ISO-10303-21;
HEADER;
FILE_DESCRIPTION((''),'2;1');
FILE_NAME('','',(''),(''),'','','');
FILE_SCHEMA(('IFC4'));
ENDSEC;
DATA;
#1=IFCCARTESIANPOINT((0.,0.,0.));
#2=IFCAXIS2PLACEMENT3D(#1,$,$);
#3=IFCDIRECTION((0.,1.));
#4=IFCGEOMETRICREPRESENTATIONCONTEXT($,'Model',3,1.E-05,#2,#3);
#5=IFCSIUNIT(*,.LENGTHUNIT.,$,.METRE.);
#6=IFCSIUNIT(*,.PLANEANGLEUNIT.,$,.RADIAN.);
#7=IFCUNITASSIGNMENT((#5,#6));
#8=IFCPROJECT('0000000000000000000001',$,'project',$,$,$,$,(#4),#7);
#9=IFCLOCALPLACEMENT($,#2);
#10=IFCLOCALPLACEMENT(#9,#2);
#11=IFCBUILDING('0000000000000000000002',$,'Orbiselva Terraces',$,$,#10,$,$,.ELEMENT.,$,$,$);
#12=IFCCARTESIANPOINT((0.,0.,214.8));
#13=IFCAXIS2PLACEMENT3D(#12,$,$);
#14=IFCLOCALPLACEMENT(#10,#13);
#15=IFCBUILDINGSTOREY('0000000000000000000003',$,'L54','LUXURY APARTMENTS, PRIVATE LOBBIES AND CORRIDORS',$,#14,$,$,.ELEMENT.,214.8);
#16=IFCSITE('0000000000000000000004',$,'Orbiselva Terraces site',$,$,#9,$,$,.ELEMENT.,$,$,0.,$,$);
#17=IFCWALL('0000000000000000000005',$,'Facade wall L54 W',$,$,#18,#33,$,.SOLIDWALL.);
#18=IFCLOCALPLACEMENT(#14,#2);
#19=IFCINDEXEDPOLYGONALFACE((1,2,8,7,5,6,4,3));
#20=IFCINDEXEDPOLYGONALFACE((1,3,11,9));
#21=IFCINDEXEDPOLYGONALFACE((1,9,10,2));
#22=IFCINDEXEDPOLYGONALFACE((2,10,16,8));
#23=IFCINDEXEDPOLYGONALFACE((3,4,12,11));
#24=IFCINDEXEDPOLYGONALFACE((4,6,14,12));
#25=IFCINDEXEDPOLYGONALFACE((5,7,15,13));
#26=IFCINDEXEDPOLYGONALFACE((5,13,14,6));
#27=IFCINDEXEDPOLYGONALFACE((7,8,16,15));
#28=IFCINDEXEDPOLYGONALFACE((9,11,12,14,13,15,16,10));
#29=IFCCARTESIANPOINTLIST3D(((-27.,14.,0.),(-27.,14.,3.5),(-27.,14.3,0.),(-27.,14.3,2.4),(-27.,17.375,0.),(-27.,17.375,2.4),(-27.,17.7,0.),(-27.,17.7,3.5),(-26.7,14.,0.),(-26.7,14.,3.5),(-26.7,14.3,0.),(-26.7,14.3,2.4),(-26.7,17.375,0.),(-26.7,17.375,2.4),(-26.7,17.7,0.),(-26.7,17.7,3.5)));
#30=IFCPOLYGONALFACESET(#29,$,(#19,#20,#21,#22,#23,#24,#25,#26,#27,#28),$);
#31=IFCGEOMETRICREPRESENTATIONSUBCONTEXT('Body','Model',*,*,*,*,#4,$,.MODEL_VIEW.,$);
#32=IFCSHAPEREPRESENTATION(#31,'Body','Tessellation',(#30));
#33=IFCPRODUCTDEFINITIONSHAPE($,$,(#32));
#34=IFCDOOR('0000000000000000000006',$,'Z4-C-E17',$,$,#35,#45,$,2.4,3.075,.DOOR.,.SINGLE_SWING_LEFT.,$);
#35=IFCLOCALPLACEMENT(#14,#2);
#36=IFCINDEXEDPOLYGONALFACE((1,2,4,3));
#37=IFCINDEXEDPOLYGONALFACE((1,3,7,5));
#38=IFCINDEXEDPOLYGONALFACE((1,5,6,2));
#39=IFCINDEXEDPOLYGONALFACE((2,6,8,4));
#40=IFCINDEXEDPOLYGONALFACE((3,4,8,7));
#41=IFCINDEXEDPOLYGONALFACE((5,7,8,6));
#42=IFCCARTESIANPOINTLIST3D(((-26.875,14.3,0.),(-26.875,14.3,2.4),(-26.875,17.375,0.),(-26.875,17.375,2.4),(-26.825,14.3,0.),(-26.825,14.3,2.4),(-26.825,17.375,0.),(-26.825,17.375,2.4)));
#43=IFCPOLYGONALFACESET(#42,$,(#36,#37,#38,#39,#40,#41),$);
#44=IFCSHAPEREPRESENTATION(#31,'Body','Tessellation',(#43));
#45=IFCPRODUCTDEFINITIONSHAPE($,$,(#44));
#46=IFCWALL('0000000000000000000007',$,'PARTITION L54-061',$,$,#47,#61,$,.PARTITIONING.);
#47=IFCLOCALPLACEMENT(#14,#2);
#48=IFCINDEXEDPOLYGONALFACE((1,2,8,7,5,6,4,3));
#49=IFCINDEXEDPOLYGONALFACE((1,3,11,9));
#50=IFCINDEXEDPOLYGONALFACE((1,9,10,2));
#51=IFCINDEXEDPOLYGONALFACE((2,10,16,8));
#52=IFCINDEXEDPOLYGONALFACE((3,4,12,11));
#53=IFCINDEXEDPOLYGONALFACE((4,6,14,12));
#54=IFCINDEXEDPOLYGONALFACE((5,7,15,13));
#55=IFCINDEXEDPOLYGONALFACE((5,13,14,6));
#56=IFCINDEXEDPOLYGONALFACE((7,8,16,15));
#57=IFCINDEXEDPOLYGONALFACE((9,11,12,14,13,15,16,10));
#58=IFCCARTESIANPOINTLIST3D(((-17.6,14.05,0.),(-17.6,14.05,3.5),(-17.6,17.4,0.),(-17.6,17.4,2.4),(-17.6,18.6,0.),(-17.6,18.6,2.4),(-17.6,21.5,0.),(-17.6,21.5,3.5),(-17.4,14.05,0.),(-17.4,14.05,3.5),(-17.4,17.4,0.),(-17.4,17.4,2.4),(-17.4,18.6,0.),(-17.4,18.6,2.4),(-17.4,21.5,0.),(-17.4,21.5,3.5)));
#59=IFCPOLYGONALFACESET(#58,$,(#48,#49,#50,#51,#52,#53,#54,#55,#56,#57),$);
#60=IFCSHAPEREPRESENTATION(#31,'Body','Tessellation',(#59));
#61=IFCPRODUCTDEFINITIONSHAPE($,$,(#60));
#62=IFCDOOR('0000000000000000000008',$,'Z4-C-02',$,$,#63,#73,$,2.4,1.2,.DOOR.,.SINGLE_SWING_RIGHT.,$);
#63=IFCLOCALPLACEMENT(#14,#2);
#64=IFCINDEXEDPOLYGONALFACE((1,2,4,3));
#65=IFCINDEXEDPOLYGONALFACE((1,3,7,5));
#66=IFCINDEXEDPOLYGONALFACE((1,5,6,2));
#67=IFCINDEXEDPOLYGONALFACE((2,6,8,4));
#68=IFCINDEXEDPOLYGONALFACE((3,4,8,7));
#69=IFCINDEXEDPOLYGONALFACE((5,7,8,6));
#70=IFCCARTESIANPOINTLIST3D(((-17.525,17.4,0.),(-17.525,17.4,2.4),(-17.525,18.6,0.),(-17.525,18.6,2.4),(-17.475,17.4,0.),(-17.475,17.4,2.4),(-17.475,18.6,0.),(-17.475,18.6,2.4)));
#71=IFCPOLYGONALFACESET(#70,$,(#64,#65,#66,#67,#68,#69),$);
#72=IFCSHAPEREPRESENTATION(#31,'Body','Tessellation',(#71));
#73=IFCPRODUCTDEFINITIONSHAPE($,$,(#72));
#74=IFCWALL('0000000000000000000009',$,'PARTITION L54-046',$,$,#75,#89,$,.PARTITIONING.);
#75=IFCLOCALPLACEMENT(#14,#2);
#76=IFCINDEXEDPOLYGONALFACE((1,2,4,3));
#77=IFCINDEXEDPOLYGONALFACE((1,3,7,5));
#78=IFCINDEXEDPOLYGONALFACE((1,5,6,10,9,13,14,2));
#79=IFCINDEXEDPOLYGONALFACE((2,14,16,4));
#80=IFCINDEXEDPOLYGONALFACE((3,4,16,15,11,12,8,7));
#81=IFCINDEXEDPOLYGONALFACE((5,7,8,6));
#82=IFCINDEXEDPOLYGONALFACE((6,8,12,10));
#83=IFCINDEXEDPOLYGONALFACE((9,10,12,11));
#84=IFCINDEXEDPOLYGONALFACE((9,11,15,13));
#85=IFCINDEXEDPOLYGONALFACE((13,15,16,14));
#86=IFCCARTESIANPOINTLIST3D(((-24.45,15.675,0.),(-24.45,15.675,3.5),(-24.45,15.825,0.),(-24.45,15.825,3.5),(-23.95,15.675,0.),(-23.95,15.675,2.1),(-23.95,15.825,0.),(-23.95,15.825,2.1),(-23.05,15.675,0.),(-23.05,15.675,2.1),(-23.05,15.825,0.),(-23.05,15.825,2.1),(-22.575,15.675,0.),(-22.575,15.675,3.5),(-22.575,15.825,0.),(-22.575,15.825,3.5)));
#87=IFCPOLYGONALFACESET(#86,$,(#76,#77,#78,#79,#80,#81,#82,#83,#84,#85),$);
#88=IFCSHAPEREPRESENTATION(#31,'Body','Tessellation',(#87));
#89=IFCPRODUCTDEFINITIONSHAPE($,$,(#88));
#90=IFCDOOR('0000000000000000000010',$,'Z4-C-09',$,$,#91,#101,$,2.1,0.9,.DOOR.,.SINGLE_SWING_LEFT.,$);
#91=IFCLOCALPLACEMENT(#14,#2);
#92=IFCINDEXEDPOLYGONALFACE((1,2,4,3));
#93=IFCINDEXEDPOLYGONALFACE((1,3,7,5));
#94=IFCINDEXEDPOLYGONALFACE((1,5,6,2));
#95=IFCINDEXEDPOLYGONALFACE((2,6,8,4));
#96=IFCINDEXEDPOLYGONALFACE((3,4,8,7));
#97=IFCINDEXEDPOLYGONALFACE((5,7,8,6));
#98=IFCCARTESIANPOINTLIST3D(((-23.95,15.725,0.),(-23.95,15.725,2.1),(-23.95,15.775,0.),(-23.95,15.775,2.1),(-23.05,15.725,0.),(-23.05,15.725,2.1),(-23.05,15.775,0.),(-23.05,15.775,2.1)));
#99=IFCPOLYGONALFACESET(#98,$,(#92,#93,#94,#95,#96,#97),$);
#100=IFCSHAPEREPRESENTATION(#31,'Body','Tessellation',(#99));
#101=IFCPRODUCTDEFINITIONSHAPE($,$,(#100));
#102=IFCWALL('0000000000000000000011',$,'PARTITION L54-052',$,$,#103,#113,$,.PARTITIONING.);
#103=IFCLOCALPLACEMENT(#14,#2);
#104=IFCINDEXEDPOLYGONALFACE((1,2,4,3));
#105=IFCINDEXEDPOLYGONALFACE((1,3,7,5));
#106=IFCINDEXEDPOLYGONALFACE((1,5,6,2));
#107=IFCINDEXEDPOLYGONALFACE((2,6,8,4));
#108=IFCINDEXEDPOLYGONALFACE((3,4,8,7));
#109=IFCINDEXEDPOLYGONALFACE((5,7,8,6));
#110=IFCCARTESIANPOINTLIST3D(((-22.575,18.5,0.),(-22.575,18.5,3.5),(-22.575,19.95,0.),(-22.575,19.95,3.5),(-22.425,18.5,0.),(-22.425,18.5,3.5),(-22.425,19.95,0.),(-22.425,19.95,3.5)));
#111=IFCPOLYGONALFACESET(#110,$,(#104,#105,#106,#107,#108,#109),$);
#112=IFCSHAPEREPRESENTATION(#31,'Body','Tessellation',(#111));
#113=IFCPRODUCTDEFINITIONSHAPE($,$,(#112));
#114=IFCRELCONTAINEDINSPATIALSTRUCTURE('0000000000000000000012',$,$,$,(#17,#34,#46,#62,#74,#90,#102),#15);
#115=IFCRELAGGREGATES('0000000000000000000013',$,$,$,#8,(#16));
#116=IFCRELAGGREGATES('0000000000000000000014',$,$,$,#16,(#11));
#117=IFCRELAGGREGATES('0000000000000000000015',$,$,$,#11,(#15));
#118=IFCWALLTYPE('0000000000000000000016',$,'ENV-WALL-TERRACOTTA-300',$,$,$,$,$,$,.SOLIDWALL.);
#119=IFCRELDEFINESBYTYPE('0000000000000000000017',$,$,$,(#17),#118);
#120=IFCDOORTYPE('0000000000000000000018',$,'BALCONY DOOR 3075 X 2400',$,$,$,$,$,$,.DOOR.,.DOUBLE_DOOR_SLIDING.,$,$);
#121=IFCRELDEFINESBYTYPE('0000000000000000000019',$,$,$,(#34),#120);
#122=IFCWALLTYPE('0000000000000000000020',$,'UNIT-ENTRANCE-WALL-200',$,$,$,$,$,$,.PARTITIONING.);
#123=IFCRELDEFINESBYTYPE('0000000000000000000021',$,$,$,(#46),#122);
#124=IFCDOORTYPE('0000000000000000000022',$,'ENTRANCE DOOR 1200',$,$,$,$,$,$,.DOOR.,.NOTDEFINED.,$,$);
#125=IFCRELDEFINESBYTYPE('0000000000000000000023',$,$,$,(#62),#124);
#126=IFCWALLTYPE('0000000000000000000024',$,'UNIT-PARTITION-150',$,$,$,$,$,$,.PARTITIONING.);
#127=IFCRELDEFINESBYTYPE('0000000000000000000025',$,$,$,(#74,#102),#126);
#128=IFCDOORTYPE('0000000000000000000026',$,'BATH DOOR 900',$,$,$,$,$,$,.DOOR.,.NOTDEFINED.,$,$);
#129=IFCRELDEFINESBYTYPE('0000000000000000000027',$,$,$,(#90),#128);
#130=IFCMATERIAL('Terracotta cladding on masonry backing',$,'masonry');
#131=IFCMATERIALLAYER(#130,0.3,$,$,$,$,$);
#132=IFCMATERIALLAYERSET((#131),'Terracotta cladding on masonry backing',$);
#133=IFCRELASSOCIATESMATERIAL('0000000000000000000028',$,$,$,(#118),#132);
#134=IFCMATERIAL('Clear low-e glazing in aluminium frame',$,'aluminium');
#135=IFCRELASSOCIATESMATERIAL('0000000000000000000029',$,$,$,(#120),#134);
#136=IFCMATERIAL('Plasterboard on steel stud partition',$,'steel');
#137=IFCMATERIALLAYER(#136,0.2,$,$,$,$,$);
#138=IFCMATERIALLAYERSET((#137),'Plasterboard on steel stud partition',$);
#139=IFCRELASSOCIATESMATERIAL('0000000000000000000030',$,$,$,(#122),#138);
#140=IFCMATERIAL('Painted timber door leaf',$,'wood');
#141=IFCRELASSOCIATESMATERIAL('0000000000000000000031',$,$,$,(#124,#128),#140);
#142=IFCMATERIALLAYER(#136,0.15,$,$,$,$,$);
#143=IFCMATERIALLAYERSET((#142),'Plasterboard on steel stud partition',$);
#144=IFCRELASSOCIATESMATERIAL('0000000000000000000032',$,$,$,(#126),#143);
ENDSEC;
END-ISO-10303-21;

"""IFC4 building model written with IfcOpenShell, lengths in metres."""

from ifc_helpers import new_model, si_unit, direction, frame, frame_2d, origin, place, context, subcontext, project, spatial, rectangle, extrude, material, layer, layer_set, type_object, element, fill, save


model = new_model("IFC4")

# Units and contexts
model_context = context("Model", 3, precision=1e-05, world=origin(), true_north=direction((0.0, 1.0)))
body_context = subcontext(model_context, "Body", "Model", "MODEL_VIEW")
ifc_project = project(units=[si_unit("LENGTHUNIT", "METRE"), si_unit("PLANEANGLEUNIT", "RADIAN")], contexts=[model_context])

# Site, building, storey
site_placement = place(None, origin())
site = spatial("IfcSite", under=ifc_project, at=site_placement, Name="Orbiselva Terraces site", CompositionType="ELEMENT", RefElevation=0.0)
building_placement = place(site_placement, origin())
building = spatial("IfcBuilding", under=site, at=building_placement, Name="Orbiselva Terraces", CompositionType="ELEMENT")
storey_placement = place(building_placement, frame((0.0, 0.0, 214.8)))
storey = spatial("IfcBuildingStorey", under=building, at=storey_placement, Name="L54", Description="LUXURY APARTMENTS, PRIVATE LOBBIES AND CORRIDORS", CompositionType="ELEMENT", Elevation=214.8)

# Shared definitions
ifc_material_1 = material(Name="Terracotta cladding on masonry backing", Category="masonry")
ifc_layer_1 = layer(ifc_material_1, 0.3)
ifc_layer_set_1 = layer_set([ifc_layer_1], Name="Terracotta cladding on masonry backing")
wall_type_1 = type_object("IfcWallType", Name="ENV-WALL-TERRACOTTA-300", PredefinedType="SOLIDWALL", material=ifc_layer_set_1)
ifc_material_2 = material(Name="Clear low-e glazing in aluminium frame", Category="aluminium")
door_type_1 = type_object("IfcDoorType", Name="BALCONY DOOR 3075 X 2400", OperationType="DOUBLE_DOOR_SLIDING", PredefinedType="DOOR", material=ifc_material_2)

# Walls, openings, doors
wall_1_placement = place(storey_placement, frame((-26.85, 14.0, 0.0), z_axis=(0.0, 0.0, 1.0), x_axis=(0.0, 1.0, 0.0)))
wall_1 = element("IfcWall", 1, at=wall_1_placement, inside=storey, type_object=wall_type_1, Name="Facade wall L54 W", PredefinedType="SOLIDWALL", context=body_context, shape_type="SweptSolid", body=[
    extrude(rectangle(XDim=3.7, YDim=0.3, at=frame_2d((1.85, 0.0))), origin(), (0.0, 0.0, 1.0), 3.5),
])
opening_1_placement = place(wall_1_placement, frame((0.3, 0.0, 0.0)))
opening_1 = element("IfcOpeningElement", 2, at=opening_1_placement, cuts=wall_1, PredefinedType="OPENING", context=body_context, shape_type="SweptSolid", body=[
    extrude(rectangle(XDim=3.075, YDim=2.4, at=frame_2d((1.5375, 1.2))), frame((0.0, 0.16, 0.0), z_axis=(0.0, -1.0, 0.0), x_axis=(1.0, 0.0, 0.0)), (0.0, 0.0, 1.0), 0.32),
])
door_1_placement = place(opening_1_placement, origin())
door_1 = element("IfcDoor", 3, at=door_1_placement, inside=storey, type_object=door_type_1, Name="Z4-C-E17", OperationType="SINGLE_SWING_LEFT", OverallHeight=2.4, OverallWidth=3.075, PredefinedType="DOOR", context=body_context, shape_type="SweptSolid", body=[
    extrude(rectangle(XDim=3.075, YDim=2.4, at=frame_2d((1.5375, 1.2))), frame((0.0, 0.025, 0.0), z_axis=(0.0, -1.0, 0.0), x_axis=(1.0, 0.0, 0.0)), (0.0, 0.0, 1.0), 0.05),
])
fill(opening_1, door_1)
ifc_material_3 = material(Name="Plasterboard on steel stud partition", Category="steel")
ifc_layer_2 = layer(ifc_material_3, 0.2)
ifc_layer_set_2 = layer_set([ifc_layer_2], Name="Plasterboard on steel stud partition")
wall_type_2 = type_object("IfcWallType", Name="UNIT-ENTRANCE-WALL-200", PredefinedType="PARTITIONING", material=ifc_layer_set_2)
wall_2_placement = place(storey_placement, frame((-17.5, 14.05, 0.0), z_axis=(0.0, 0.0, 1.0), x_axis=(0.0, 1.0, 0.0)))
wall_2 = element("IfcWall", 4, at=wall_2_placement, inside=storey, type_object=wall_type_2, Name="PARTITION L54-061", PredefinedType="PARTITIONING", context=body_context, shape_type="SweptSolid", body=[
    extrude(rectangle(XDim=7.45, YDim=0.2, at=frame_2d((3.725, 0.0))), origin(), (0.0, 0.0, 1.0), 3.5),
])
opening_2_placement = place(wall_2_placement, frame((3.35, 0.0, 0.0)))
opening_2 = element("IfcOpeningElement", 5, at=opening_2_placement, cuts=wall_2, PredefinedType="OPENING", context=body_context, shape_type="SweptSolid", body=[
    extrude(rectangle(XDim=1.2, YDim=2.4, at=frame_2d((0.6, 1.2))), frame((0.0, 0.11, 0.0), z_axis=(0.0, -1.0, 0.0), x_axis=(1.0, 0.0, 0.0)), (0.0, 0.0, 1.0), 0.22),
])
ifc_material_4 = material(Name="Painted timber door leaf", Category="wood")
door_type_2 = type_object("IfcDoorType", Name="ENTRANCE DOOR 1200", OperationType="NOTDEFINED", PredefinedType="DOOR", material=ifc_material_4)
door_2_placement = place(opening_2_placement, origin())
door_2 = element("IfcDoor", 6, at=door_2_placement, inside=storey, type_object=door_type_2, Name="Z4-C-02", OperationType="SINGLE_SWING_RIGHT", OverallHeight=2.4, OverallWidth=1.2, PredefinedType="DOOR", context=body_context, shape_type="SweptSolid", body=[
    extrude(rectangle(XDim=1.2, YDim=2.4, at=frame_2d((0.6, 1.2))), frame((0.0, 0.025, 0.0), z_axis=(0.0, -1.0, 0.0), x_axis=(1.0, 0.0, 0.0)), (0.0, 0.0, 1.0), 0.05),
])
fill(opening_2, door_2)
ifc_layer_3 = layer(ifc_material_3, 0.15)
ifc_layer_set_3 = layer_set([ifc_layer_3], Name="Plasterboard on steel stud partition")
wall_type_3 = type_object("IfcWallType", Name="UNIT-PARTITION-150", PredefinedType="PARTITIONING", material=ifc_layer_set_3)
wall_3_placement = place(storey_placement, frame((-22.575, 15.75, 0.0), z_axis=(0.0, 0.0, 1.0), x_axis=(-1.0, 0.0, 0.0)))
wall_3 = element("IfcWall", 7, at=wall_3_placement, inside=storey, type_object=wall_type_3, Name="PARTITION L54-046", PredefinedType="PARTITIONING", context=body_context, shape_type="SweptSolid", body=[
    extrude(rectangle(XDim=1.875, YDim=0.15, at=frame_2d((0.9375, 0.0))), origin(), (0.0, 0.0, 1.0), 3.5),
])
opening_3_placement = place(wall_3_placement, frame((0.475, 0.0, 0.0)))
opening_3 = element("IfcOpeningElement", 8, at=opening_3_placement, cuts=wall_3, PredefinedType="OPENING", context=body_context, shape_type="SweptSolid", body=[
    extrude(rectangle(XDim=0.9, YDim=2.1, at=frame_2d((0.45, 1.05))), frame((0.0, 0.085, 0.0), z_axis=(0.0, -1.0, 0.0), x_axis=(1.0, 0.0, 0.0)), (0.0, 0.0, 1.0), 0.17),
])
door_type_3 = type_object("IfcDoorType", Name="BATH DOOR 900", OperationType="NOTDEFINED", PredefinedType="DOOR", material=ifc_material_4)
door_3_placement = place(opening_3_placement, origin())
door_3 = element("IfcDoor", 9, at=door_3_placement, inside=storey, type_object=door_type_3, Name="Z4-C-09", OperationType="SINGLE_SWING_LEFT", OverallHeight=2.1, OverallWidth=0.9, PredefinedType="DOOR", context=body_context, shape_type="SweptSolid", body=[
    extrude(rectangle(XDim=0.9, YDim=2.1, at=frame_2d((0.45, 1.05))), frame((0.0, 0.025, 0.0), z_axis=(0.0, -1.0, 0.0), x_axis=(1.0, 0.0, 0.0)), (0.0, 0.0, 1.0), 0.05),
])
fill(opening_3, door_3)

# Wall
wall_4_placement = place(storey_placement, frame((-22.5, 18.5, 0.0), z_axis=(0.0, 0.0, 1.0), x_axis=(0.0, 1.0, 0.0)))
element("IfcWall", 10, at=wall_4_placement, inside=storey, type_object=wall_type_3, Name="PARTITION L54-052", PredefinedType="PARTITIONING", context=body_context, shape_type="SweptSolid", body=[
    extrude(rectangle(XDim=1.45, YDim=0.15, at=frame_2d((0.725, 0.0))), origin(), (0.0, 0.0, 1.0), 3.5),
])

save(model, "model.ifc")
